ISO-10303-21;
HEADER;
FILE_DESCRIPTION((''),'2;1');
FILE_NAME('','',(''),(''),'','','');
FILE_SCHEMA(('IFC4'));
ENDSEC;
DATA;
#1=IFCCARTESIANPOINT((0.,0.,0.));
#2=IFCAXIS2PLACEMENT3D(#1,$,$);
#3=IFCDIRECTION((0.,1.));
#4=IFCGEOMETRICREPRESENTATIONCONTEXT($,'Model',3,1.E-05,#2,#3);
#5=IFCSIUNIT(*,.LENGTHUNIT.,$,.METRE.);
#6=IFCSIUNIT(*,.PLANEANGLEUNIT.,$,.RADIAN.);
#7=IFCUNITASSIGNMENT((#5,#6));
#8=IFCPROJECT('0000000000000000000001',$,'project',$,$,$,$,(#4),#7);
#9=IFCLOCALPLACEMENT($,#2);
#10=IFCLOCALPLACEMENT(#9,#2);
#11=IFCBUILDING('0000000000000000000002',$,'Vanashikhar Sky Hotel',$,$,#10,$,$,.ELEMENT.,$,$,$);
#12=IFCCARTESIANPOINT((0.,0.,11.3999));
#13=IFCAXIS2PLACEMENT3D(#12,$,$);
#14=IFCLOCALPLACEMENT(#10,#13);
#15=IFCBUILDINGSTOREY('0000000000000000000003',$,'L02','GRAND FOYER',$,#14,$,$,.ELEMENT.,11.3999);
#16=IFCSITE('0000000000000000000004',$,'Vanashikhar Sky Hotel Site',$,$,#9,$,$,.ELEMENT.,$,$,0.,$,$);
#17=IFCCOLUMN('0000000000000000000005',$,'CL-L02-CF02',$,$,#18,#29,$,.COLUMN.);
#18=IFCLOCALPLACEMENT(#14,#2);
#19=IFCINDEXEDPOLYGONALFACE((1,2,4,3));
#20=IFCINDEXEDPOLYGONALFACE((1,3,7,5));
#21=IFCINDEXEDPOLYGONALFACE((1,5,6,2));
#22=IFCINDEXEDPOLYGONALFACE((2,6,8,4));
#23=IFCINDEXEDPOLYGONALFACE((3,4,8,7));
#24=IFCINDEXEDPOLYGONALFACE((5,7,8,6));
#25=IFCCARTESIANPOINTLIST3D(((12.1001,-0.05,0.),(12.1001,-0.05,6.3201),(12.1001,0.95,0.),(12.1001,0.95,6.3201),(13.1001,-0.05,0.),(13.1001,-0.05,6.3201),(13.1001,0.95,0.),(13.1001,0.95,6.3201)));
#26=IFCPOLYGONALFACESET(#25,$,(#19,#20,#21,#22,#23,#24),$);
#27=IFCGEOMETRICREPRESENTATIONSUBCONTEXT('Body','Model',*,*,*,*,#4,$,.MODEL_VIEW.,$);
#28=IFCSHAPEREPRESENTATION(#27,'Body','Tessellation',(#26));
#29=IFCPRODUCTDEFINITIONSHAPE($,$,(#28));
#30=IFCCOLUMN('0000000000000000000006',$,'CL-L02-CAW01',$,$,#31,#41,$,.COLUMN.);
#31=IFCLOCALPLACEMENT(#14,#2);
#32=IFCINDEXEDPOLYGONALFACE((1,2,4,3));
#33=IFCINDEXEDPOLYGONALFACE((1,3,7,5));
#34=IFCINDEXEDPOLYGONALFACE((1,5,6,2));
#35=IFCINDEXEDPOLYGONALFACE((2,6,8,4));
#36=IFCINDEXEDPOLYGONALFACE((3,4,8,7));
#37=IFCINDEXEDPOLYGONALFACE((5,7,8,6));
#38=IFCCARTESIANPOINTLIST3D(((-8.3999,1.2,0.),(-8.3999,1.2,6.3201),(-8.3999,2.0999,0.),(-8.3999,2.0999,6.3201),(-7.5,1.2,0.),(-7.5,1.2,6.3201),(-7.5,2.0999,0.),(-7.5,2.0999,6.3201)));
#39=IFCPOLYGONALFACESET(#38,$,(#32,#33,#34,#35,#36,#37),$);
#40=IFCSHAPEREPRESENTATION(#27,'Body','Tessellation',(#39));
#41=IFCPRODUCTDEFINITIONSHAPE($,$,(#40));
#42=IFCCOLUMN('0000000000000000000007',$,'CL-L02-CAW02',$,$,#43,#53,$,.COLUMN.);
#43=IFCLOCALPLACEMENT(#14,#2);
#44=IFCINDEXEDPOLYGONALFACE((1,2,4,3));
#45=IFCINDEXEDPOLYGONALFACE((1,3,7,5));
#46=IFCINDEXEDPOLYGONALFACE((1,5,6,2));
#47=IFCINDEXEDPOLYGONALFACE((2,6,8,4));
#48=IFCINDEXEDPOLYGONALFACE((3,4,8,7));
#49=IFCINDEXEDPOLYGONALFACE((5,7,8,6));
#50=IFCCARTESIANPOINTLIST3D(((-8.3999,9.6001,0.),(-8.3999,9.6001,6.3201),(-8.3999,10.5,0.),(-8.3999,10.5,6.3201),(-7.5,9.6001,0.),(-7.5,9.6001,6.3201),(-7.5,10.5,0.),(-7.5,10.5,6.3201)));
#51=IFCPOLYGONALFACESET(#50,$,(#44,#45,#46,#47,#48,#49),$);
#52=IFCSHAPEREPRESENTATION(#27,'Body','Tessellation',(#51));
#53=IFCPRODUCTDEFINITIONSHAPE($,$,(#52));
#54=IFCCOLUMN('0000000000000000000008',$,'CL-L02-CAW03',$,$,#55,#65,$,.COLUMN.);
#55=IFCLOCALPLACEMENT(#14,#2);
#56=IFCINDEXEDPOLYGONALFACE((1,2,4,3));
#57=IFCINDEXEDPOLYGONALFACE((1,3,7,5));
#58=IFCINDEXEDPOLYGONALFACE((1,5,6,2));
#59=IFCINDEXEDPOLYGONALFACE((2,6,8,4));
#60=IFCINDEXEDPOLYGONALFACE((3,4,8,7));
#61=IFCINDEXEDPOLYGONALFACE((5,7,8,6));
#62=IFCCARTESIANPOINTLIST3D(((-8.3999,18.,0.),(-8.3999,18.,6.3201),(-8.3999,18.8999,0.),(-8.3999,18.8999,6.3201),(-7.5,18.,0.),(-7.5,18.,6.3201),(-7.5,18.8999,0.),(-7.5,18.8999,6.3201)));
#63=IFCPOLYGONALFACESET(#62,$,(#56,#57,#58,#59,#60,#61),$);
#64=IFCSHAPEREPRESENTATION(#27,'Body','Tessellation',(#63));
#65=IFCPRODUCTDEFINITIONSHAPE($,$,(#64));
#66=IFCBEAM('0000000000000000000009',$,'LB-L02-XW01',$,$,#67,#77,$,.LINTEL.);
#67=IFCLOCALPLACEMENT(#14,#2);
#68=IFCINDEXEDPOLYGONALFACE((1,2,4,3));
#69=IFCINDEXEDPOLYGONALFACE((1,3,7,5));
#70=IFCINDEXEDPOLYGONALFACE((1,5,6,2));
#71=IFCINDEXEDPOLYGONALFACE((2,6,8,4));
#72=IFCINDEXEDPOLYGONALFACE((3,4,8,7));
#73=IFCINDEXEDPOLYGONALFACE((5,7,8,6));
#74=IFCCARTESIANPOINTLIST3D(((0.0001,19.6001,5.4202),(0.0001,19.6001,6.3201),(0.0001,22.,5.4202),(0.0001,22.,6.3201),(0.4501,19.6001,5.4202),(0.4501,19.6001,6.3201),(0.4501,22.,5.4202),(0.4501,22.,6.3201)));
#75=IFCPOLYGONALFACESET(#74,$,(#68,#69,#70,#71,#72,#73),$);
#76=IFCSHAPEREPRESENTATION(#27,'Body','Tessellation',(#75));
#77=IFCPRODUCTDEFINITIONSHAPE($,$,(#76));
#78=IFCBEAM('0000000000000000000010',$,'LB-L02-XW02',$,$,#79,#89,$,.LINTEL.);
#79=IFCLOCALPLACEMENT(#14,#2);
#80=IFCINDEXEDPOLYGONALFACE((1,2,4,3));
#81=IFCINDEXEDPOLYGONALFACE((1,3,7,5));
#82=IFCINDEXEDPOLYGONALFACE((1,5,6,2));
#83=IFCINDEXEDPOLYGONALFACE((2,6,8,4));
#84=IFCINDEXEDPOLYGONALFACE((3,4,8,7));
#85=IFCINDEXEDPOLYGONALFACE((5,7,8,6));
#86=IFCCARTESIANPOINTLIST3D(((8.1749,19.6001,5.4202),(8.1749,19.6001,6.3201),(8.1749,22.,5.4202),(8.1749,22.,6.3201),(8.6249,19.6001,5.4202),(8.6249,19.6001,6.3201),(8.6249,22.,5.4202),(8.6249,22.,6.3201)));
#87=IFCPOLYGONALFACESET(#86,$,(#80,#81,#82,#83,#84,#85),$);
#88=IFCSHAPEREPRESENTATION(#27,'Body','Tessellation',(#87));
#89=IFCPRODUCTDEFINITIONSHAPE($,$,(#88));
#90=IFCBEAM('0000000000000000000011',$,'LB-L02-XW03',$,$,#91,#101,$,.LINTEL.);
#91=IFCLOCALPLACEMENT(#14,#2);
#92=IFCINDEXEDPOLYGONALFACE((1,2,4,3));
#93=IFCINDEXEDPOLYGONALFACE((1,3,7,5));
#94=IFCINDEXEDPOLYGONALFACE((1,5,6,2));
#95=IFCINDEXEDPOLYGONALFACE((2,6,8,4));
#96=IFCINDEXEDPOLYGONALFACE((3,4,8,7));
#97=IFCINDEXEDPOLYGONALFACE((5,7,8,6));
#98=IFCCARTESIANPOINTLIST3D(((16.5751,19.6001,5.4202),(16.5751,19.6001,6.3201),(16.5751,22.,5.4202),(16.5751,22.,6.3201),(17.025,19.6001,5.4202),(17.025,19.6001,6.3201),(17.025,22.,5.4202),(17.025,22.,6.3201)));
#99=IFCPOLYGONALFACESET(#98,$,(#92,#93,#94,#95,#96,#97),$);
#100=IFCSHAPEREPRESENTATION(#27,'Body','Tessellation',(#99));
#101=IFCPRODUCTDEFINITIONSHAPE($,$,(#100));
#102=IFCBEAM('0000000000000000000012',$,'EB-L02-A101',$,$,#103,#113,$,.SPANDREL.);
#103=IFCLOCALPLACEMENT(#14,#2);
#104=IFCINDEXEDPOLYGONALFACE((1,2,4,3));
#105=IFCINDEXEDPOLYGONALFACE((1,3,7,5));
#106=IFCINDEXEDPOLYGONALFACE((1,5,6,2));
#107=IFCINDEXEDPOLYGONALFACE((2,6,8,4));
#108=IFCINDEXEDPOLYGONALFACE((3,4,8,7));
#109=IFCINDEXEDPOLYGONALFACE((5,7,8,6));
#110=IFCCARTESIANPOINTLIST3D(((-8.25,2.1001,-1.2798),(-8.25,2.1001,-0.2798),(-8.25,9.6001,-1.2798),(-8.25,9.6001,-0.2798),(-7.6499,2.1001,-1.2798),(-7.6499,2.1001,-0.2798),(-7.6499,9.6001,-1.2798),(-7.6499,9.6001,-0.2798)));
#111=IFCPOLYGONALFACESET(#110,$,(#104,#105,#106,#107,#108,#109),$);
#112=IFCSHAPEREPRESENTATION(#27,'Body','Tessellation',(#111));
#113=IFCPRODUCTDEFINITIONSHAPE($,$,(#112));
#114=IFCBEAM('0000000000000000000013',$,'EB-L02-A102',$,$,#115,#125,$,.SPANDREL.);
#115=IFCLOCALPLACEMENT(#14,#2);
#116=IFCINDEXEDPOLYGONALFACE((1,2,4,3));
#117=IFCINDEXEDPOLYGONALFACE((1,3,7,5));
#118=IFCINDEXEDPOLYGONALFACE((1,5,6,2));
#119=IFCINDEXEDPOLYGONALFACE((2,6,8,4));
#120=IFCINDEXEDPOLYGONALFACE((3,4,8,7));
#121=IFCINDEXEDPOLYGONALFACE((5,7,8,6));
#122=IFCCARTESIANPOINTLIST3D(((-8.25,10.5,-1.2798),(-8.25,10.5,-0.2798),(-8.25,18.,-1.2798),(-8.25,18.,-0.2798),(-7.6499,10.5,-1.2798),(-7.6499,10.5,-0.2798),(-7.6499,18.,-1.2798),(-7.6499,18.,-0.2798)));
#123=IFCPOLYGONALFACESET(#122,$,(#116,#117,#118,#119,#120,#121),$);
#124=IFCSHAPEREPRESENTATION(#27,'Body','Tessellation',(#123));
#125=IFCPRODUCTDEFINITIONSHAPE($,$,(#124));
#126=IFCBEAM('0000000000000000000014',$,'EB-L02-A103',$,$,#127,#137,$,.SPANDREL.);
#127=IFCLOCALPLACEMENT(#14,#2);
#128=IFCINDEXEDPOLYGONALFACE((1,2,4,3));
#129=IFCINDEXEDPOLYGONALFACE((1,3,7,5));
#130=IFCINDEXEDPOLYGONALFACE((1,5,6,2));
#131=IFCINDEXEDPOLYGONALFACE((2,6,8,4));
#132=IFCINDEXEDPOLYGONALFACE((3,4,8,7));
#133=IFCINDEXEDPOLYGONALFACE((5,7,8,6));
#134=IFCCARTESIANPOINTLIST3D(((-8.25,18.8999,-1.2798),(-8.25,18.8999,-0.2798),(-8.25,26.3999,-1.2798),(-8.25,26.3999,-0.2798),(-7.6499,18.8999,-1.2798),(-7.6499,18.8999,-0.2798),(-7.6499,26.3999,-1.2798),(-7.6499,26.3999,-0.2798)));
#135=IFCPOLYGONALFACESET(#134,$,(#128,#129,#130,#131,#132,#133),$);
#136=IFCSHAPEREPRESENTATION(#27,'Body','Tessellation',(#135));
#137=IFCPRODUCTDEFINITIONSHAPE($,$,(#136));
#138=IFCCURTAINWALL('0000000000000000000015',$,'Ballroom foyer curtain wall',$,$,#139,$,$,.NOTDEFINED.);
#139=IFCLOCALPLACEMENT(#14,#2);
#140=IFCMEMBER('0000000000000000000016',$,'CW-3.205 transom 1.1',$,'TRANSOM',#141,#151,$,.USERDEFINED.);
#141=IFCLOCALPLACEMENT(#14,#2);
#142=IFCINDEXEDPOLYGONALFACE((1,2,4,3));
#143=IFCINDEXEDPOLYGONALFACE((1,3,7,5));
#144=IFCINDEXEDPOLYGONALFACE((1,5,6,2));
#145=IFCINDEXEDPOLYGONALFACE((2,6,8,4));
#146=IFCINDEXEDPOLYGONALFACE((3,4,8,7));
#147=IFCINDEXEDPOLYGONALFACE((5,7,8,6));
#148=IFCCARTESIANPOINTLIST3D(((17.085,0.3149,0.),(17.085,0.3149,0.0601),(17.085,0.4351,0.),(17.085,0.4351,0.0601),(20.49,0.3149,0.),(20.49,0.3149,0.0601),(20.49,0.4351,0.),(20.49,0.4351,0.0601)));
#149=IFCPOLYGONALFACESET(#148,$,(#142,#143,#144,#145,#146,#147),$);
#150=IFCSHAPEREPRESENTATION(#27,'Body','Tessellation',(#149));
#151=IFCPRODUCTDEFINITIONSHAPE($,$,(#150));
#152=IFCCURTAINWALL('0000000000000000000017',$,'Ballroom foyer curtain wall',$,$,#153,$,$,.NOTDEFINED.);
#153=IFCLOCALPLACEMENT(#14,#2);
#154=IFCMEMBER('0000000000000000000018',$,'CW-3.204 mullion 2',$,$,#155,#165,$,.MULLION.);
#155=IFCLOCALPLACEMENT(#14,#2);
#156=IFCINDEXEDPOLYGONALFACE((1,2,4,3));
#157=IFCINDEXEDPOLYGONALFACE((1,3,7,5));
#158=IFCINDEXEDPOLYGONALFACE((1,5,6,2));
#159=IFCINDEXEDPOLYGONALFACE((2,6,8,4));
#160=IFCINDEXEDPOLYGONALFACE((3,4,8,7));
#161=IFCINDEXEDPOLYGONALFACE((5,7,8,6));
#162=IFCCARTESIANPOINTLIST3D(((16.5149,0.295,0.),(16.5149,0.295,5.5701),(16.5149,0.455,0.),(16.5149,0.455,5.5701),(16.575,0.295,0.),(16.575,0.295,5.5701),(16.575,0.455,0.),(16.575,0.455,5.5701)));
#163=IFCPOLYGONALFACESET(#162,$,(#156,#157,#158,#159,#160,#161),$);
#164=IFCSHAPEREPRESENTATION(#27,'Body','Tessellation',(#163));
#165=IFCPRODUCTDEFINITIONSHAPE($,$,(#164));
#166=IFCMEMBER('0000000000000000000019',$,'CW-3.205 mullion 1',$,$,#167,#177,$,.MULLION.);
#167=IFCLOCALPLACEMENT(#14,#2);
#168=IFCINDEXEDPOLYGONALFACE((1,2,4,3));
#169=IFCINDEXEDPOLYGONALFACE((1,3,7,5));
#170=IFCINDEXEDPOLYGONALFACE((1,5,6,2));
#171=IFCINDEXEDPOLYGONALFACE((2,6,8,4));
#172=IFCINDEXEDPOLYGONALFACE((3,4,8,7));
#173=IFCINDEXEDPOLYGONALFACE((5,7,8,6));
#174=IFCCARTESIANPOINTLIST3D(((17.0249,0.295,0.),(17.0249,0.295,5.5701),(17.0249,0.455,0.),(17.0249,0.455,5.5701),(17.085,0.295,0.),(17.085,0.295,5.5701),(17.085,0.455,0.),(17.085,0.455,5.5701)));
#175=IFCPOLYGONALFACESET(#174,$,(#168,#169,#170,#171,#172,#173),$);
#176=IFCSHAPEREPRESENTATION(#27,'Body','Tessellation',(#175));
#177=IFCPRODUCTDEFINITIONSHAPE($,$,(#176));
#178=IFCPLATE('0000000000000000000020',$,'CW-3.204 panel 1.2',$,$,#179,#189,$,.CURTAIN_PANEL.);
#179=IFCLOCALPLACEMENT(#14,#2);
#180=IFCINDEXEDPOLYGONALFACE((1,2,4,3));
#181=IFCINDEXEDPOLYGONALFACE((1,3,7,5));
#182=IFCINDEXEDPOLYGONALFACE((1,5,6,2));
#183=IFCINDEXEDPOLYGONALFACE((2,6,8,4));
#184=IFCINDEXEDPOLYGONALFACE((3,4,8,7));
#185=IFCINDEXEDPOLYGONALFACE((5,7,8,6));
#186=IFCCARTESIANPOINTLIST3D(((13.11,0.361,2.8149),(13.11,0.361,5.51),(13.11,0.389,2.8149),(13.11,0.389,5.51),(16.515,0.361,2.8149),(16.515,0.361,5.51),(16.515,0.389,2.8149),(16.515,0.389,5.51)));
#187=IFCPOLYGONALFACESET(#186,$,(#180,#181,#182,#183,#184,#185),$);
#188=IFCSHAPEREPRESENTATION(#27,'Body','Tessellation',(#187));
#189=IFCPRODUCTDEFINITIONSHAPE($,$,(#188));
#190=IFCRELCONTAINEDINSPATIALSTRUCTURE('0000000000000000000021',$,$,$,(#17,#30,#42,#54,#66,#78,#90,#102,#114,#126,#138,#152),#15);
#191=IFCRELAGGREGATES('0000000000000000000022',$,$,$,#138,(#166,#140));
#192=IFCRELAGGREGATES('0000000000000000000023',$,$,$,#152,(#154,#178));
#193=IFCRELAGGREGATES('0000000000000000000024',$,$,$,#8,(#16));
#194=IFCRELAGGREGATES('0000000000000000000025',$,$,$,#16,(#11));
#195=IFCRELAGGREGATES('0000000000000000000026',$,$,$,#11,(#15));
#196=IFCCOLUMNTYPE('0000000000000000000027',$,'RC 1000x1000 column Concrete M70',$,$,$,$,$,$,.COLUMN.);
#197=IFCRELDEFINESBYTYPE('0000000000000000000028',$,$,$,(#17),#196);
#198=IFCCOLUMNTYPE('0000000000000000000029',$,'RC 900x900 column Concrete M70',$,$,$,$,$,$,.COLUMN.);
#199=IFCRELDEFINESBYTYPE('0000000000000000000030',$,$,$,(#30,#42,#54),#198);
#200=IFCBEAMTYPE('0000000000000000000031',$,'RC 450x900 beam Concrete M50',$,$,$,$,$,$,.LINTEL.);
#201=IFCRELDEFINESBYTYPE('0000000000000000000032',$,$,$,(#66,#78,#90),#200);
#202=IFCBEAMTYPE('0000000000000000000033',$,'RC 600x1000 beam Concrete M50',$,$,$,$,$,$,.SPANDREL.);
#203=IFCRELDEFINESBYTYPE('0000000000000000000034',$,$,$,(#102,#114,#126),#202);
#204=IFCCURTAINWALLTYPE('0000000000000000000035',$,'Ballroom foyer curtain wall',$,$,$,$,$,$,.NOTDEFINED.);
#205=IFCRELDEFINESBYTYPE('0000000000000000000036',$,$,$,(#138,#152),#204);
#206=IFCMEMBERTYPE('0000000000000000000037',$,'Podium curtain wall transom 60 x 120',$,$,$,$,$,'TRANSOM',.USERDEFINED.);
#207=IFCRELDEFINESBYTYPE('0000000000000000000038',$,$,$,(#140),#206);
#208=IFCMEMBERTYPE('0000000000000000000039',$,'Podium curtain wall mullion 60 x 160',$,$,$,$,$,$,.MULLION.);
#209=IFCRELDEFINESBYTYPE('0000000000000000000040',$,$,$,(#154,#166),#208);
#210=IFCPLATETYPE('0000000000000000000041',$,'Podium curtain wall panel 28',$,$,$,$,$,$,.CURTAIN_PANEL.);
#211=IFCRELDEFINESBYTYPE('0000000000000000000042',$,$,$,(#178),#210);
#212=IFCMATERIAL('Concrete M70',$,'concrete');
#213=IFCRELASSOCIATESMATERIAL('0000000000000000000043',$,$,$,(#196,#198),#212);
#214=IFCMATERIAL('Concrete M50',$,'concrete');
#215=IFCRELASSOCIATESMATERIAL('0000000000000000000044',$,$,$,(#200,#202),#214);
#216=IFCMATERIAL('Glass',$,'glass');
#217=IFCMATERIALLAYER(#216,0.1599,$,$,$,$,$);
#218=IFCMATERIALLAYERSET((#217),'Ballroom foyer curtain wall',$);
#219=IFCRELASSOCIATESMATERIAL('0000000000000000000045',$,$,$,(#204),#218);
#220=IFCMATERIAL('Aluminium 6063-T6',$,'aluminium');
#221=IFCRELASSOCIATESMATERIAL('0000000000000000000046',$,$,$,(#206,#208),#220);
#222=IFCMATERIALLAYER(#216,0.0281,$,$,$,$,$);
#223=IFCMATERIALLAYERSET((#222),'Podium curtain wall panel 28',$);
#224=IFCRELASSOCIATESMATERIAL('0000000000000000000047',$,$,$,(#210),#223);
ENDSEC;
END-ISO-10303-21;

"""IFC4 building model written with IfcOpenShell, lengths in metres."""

from ifc_helpers import new_model, si_unit, direction, frame, origin, origin_2d, place, context, subcontext, project, spatial, rectangle, extrude, source, transform, mapped, material, layer, layer_set, material_profile, profile_set, type_object, element, aggregate, save


model = new_model("IFC4")

# Units and contexts
model_context = context("Model", 3, precision=1e-05, world=origin(), true_north=direction((0.0, 1.0)))
body_context = subcontext(model_context, "Body", "Model", "MODEL_VIEW")
ifc_project = project(units=[si_unit("LENGTHUNIT", "METRE"), si_unit("PLANEANGLEUNIT", "RADIAN")], contexts=[model_context])

# Site, building, storey
site_placement = place(None, origin())
site = spatial("IfcSite", under=ifc_project, at=site_placement, Name="Vanashikhar Sky Hotel Site", CompositionType="ELEMENT", RefElevation=0.0)
building_placement = place(site_placement, origin())
building = spatial("IfcBuilding", under=site, at=building_placement, Name="Vanashikhar Sky Hotel", CompositionType="ELEMENT")
storey_placement = place(building_placement, frame((0.0, 0.0, 11.3999)))
storey = spatial("IfcBuildingStorey", under=building, at=storey_placement, Name="L02", Description="GRAND FOYER", CompositionType="ELEMENT", Elevation=11.3999)

# Columns
ifc_material_1 = material(Name="Concrete M70", Category="concrete")
ifc_material_profile_1 = material_profile(ifc_material_1, rectangle(XDim=1.0, YDim=1.0, at=origin_2d()))
ifc_profile_set_1 = profile_set([ifc_material_profile_1], Name="RC 1000x1000 column Concrete M70")
column_type_1 = type_object("IfcColumnType", Name="RC 1000x1000 column Concrete M70", PredefinedType="COLUMN", material=ifc_profile_set_1)
shared_shape_1 = source(origin(), body_context, "Body", "SweptSolid", [
    extrude(rectangle(XDim=1.0, YDim=1.0, at=origin_2d()), origin(), (0.0, 0.0, 1.0), 6.3201),
])
column_placement = place(storey_placement, frame((12.6001, 0.45, 0.0), z_axis=(0.0, 0.0, 1.0), x_axis=(1.0, 0.0, 0.0)))
element("IfcColumn", 1, at=column_placement, inside=storey, type_object=column_type_1, Name="CL-L02-CF02", PredefinedType="COLUMN", context=body_context, shape_type="MappedRepresentation", body=[
    mapped(shared_shape_1, transform((0.0, 0.0, 0.0), scale=1.0)),
])
ifc_material_profile_2 = material_profile(ifc_material_1, rectangle(XDim=0.8999, YDim=0.8999, at=origin_2d()))
ifc_profile_set_2 = profile_set([ifc_material_profile_2], Name="RC 900x900 column Concrete M70")
column_type_2 = type_object("IfcColumnType", Name="RC 900x900 column Concrete M70", PredefinedType="COLUMN", material=ifc_profile_set_2)
shared_shape_2 = source(origin(), body_context, "Body", "SweptSolid", [
    extrude(rectangle(XDim=0.8999, YDim=0.8999, at=origin_2d()), origin(), (0.0, 0.0, 1.0), 6.3201),
])
for number, where, z_axis, x_axis, name in (
    (2, (-7.95, 1.6499, 0.0), (0.0, 0.0, 1.0), (1.0, 0.0, 0.0), "CL-L02-CAW01"),
    (3, (-7.95, 10.05, 0.0), (0.0, 0.0, 1.0), (1.0, 0.0, 0.0), "CL-L02-CAW02"),
    (4, (-7.95, 18.45, 0.0), (0.0, 0.0, 1.0), (1.0, 0.0, 0.0), "CL-L02-CAW03"),
):
    element("IfcColumn", number, at=place(storey_placement, frame(where, z_axis=z_axis, x_axis=x_axis)), inside=storey, type_object=column_type_2, Name=name, PredefinedType="COLUMN", context=body_context, shape_type="MappedRepresentation", body=[
        mapped(shared_shape_2, transform((0.0, 0.0, 0.0), scale=1.0)),
    ])

# Beams
ifc_material_2 = material(Name="Concrete M50", Category="concrete")
ifc_material_profile_3 = material_profile(ifc_material_2, rectangle(XDim=0.45, YDim=0.8999, at=origin_2d()))
ifc_profile_set_3 = profile_set([ifc_material_profile_3], Name="RC 450x900 beam Concrete M50")
beam_type_1 = type_object("IfcBeamType", Name="RC 450x900 beam Concrete M50", PredefinedType="LINTEL", material=ifc_profile_set_3)
shared_shape_3 = source(origin(), body_context, "Body", "SweptSolid", [
    extrude(rectangle(XDim=0.45, YDim=0.8999, at=origin_2d()), origin(), (0.0, 0.0, 1.0), 2.3999),
])
for number, where, z_axis, x_axis, name in (
    (5, (0.2251, 19.6001, 5.8701), (0.0, 1.0, 0.0), (-1.0, 0.0, 0.0), "LB-L02-XW01"),
    (6, (8.3999, 19.6001, 5.8701), (0.0, 1.0, 0.0), (-1.0, 0.0, 0.0), "LB-L02-XW02"),
    (7, (16.8, 19.6001, 5.8701), (0.0, 1.0, 0.0), (-1.0, 0.0, 0.0), "LB-L02-XW03"),
):
    element("IfcBeam", number, at=place(storey_placement, frame(where, z_axis=z_axis, x_axis=x_axis)), inside=storey, type_object=beam_type_1, Name=name, PredefinedType="LINTEL", context=body_context, shape_type="MappedRepresentation", body=[
        mapped(shared_shape_3, transform((0.0, 0.0, 0.0), scale=1.0)),
    ])
ifc_material_profile_4 = material_profile(ifc_material_2, rectangle(XDim=0.6001, YDim=1.0, at=origin_2d()))
ifc_profile_set_4 = profile_set([ifc_material_profile_4], Name="RC 600x1000 beam Concrete M50")
beam_type_2 = type_object("IfcBeamType", Name="RC 600x1000 beam Concrete M50", PredefinedType="SPANDREL", material=ifc_profile_set_4)
shared_shape_4 = source(origin(), body_context, "Body", "SweptSolid", [
    extrude(rectangle(XDim=0.6001, YDim=1.0, at=origin_2d()), origin(), (0.0, 0.0, 1.0), 7.5),
])
for number, where, z_axis, x_axis, name in (
    (8, (-7.95, 2.1001, -0.7798), (0.0, 1.0, 0.0), (-1.0, 0.0, 0.0), "EB-L02-A101"),
    (9, (-7.95, 10.5, -0.7798), (0.0, 1.0, 0.0), (-1.0, 0.0, 0.0), "EB-L02-A102"),
    (10, (-7.95, 18.8999, -0.7798), (0.0, 1.0, 0.0), (-1.0, 0.0, 0.0), "EB-L02-A103"),
):
    element("IfcBeam", number, at=place(storey_placement, frame(where, z_axis=z_axis, x_axis=x_axis)), inside=storey, type_object=beam_type_2, Name=name, PredefinedType="SPANDREL", context=body_context, shape_type="MappedRepresentation", body=[
        mapped(shared_shape_4, transform((0.0, 0.0, 0.0), scale=1.0)),
    ])

# Curtain walls, members
ifc_material_3 = material(Name="Glass", Category="glass")
ifc_layer_1 = layer(ifc_material_3, 0.1599)
ifc_layer_set_1 = layer_set([ifc_layer_1], Name="Ballroom foyer curtain wall")
curtain_wall_type = type_object("IfcCurtainWallType", Name="Ballroom foyer curtain wall", PredefinedType="NOTDEFINED", material=ifc_layer_set_1)
curtain_wall_1_placement = place(storey_placement, origin())
curtain_wall_1 = element("IfcCurtainWall", 11, at=curtain_wall_1_placement, inside=storey, type_object=curtain_wall_type, Name="Ballroom foyer curtain wall", PredefinedType="NOTDEFINED")
ifc_material_4 = material(Name="Aluminium 6063-T6", Category="aluminium")
ifc_material_profile_5 = material_profile(ifc_material_4, rectangle(XDim=0.1201, YDim=0.0601, at=origin_2d()))
ifc_profile_set_5 = profile_set([ifc_material_profile_5], Name="Aluminium 6063-T6")
member_type_1 = type_object("IfcMemberType", Name="Podium curtain wall transom 60 x 120", ElementType="TRANSOM", PredefinedType="USERDEFINED", material=ifc_profile_set_5)
shared_shape_5 = source(origin(), body_context, "Body", "SweptSolid", [
    extrude(rectangle(XDim=0.1201, YDim=0.0601, at=origin_2d()), origin(), (0.0, 0.0, 1.0), 3.405),
])
member_1_placement = place(storey_placement, frame((17.085, 0.375, 0.03), z_axis=(1.0, 0.0, 0.0), x_axis=(0.0, 1.0, 0.0)))
member_1 = element("IfcMember", 12, at=member_1_placement, type_object=member_type_1, Name="CW-3.205 transom 1.1", ObjectType="TRANSOM", PredefinedType="USERDEFINED", context=body_context, shape_type="MappedRepresentation", body=[
    mapped(shared_shape_5, transform((0.0, 0.0, 0.0), scale=1.0)),
])
curtain_wall_2_placement = place(storey_placement, origin())
curtain_wall_2 = element("IfcCurtainWall", 13, at=curtain_wall_2_placement, inside=storey, type_object=curtain_wall_type, Name="Ballroom foyer curtain wall", PredefinedType="NOTDEFINED")
ifc_material_profile_6 = material_profile(ifc_material_4, rectangle(XDim=0.1599, YDim=0.0601, at=origin_2d()))
ifc_profile_set_6 = profile_set([ifc_material_profile_6], Name="Aluminium 6063-T6")
member_type_2 = type_object("IfcMemberType", Name="Podium curtain wall mullion 60 x 160", PredefinedType="MULLION", material=ifc_profile_set_6)
shared_shape_6 = source(origin(), body_context, "Body", "SweptSolid", [
    extrude(rectangle(XDim=0.1599, YDim=0.0601, at=origin_2d()), origin(), (0.0, 0.0, 1.0), 5.5701),
])
member_2_placement = place(storey_placement, frame((16.5449, 0.375, 0.0), z_axis=(0.0, 0.0, 1.0), x_axis=(0.0, 1.0, 0.0)))
member_2 = element("IfcMember", 14, at=member_2_placement, type_object=member_type_2, Name="CW-3.204 mullion 2", PredefinedType="MULLION", context=body_context, shape_type="MappedRepresentation", body=[
    mapped(shared_shape_6, transform((0.0, 0.0, 0.0), scale=1.0)),
])

# Member
member_3_placement = place(storey_placement, frame((17.0549, 0.375, 0.0), z_axis=(0.0, 0.0, 1.0), x_axis=(0.0, 1.0, 0.0)))
member_3 = element("IfcMember", 15, at=member_3_placement, type_object=member_type_2, Name="CW-3.205 mullion 1", PredefinedType="MULLION", context=body_context, shape_type="MappedRepresentation", body=[
    mapped(shared_shape_6, transform((0.0, 0.0, 0.0), scale=1.0)),
])
aggregate(curtain_wall_1, [member_3, member_1])

# Plate
ifc_layer_2 = layer(ifc_material_3, 0.0281)
ifc_layer_set_2 = layer_set([ifc_layer_2], Name="Podium curtain wall panel 28")
plate_type = type_object("IfcPlateType", Name="Podium curtain wall panel 28", PredefinedType="CURTAIN_PANEL", material=ifc_layer_set_2)
shared_shape_7 = source(origin(), body_context, "Body", "SweptSolid", [
    extrude(rectangle(XDim=3.405, YDim=0.0281, at=origin_2d()), origin(), (0.0, 0.0, 1.0), 2.6951),
])
plate_placement = place(storey_placement, frame((14.8125, 0.375, 2.8149), z_axis=(0.0, 0.0, 1.0), x_axis=(1.0, 0.0, 0.0)))
plate = element("IfcPlate", 16, at=plate_placement, type_object=plate_type, Name="CW-3.204 panel 1.2", PredefinedType="CURTAIN_PANEL", context=body_context, shape_type="MappedRepresentation", body=[
    mapped(shared_shape_7, transform((0.0, 0.0, 0.0), scale=1.0)),
])
aggregate(curtain_wall_2, [member_2, plate])

save(model, "model.ifc")
